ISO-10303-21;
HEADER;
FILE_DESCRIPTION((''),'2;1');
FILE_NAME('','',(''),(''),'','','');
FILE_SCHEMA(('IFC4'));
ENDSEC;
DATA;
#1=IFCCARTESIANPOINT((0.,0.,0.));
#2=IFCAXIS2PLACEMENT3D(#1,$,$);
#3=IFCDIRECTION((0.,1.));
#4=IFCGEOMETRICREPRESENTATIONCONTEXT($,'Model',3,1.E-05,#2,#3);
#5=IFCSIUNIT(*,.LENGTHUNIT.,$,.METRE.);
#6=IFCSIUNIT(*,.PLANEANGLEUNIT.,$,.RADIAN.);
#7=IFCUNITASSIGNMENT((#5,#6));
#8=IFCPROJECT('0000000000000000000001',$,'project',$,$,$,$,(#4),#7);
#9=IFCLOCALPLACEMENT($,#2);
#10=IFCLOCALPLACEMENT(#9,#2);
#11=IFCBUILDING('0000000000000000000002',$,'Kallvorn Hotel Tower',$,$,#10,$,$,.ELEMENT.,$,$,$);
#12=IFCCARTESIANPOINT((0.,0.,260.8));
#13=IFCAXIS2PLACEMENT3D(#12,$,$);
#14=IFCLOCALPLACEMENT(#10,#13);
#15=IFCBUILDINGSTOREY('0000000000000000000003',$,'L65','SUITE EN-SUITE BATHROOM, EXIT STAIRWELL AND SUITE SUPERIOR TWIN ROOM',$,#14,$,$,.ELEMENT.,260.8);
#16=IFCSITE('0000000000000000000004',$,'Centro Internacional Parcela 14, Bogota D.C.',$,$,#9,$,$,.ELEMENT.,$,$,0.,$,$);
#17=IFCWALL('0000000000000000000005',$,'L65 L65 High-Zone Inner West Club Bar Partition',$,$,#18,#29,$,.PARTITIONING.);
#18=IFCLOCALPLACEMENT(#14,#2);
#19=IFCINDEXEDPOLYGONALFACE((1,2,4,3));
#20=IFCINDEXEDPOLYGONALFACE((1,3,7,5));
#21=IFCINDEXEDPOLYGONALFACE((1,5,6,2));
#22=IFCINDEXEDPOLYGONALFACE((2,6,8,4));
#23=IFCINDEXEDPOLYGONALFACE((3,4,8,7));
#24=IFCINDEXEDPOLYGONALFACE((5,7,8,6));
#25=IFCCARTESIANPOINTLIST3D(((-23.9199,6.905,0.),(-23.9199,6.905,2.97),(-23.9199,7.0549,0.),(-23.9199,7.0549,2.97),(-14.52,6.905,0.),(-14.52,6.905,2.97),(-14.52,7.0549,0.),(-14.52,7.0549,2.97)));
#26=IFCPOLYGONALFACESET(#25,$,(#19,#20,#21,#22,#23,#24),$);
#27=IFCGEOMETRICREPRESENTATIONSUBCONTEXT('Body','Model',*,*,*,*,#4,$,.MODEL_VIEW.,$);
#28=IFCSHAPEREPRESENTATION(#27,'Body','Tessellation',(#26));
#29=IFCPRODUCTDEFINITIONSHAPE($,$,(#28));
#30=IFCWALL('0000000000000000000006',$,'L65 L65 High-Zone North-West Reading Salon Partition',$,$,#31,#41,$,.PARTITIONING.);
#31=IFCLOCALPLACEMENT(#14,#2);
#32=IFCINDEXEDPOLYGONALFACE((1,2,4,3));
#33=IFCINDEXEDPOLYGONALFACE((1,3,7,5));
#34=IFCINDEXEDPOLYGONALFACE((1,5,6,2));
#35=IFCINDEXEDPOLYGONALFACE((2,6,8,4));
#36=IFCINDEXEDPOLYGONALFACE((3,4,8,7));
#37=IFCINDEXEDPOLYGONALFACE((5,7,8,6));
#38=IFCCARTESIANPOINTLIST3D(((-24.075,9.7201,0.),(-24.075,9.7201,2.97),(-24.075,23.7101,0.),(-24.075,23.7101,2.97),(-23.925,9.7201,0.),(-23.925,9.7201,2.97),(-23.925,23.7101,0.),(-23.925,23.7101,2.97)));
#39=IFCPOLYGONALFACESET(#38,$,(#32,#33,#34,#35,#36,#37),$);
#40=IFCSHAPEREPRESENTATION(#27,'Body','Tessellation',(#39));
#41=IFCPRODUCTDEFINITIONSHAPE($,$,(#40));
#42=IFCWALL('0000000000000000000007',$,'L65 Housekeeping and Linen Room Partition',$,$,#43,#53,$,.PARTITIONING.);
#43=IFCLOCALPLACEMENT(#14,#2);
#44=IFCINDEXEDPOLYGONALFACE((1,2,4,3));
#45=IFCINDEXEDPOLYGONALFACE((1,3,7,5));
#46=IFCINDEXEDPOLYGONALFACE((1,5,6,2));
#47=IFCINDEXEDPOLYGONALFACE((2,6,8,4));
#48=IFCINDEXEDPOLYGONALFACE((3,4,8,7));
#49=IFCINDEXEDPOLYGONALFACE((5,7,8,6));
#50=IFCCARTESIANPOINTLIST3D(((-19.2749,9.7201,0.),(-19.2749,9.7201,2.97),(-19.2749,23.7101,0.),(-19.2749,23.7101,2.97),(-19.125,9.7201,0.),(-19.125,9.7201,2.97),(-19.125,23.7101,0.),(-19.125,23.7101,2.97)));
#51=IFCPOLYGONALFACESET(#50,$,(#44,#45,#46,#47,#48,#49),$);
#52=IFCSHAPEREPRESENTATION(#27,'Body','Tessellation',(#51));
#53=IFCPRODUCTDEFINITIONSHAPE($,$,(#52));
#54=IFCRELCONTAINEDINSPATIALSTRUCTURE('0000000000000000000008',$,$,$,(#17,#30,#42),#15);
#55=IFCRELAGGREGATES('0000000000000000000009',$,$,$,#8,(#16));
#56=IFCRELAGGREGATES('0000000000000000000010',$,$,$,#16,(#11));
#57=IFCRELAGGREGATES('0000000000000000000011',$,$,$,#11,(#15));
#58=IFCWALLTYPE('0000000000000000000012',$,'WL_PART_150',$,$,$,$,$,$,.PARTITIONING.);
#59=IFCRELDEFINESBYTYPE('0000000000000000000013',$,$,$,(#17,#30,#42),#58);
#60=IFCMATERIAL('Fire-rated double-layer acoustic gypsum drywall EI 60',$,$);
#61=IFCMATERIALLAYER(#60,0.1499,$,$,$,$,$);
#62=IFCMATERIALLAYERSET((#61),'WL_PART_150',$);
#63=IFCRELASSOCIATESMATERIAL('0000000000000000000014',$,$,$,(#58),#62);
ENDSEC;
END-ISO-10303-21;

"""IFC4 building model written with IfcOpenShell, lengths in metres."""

from ifc_helpers import new_model, si_unit, direction, frame, frame_2d, origin, place, context, subcontext, project, spatial, rectangle, extrude, material, layer, layer_set, type_object, element, save


model = new_model("IFC4")

# Units and contexts
model_context = context("Model", 3, precision=1e-05, world=origin(), true_north=direction((0.0, 1.0)))
body_context = subcontext(model_context, "Body", "Model", "MODEL_VIEW")
ifc_project = project(units=[si_unit("LENGTHUNIT", "METRE"), si_unit("PLANEANGLEUNIT", "RADIAN")], contexts=[model_context])

# Site, building, storey
site_placement = place(None, origin())
site = spatial("IfcSite", under=ifc_project, at=site_placement, Name="Centro Internacional Parcela 14, Bogota D.C.", CompositionType="ELEMENT", RefElevation=0.0)
building_placement = place(site_placement, origin())
building = spatial("IfcBuilding", under=site, at=building_placement, Name="Kallvorn Hotel Tower", CompositionType="ELEMENT")
storey_placement = place(building_placement, frame((0.0, 0.0, 260.8)))
storey = spatial("IfcBuildingStorey", under=building, at=storey_placement, Name="L65", Description="SUITE EN-SUITE BATHROOM, EXIT STAIRWELL AND SUITE SUPERIOR TWIN ROOM", CompositionType="ELEMENT", Elevation=260.8)

# Walls
ifc_material_1 = material(Name="Fire-rated double-layer acoustic gypsum drywall EI 60")
ifc_layer_1 = layer(ifc_material_1, 0.1499)
ifc_layer_set_1 = layer_set([ifc_layer_1], Name="WL_PART_150")
wall_type_1 = type_object("IfcWallType", Name="WL_PART_150", PredefinedType="PARTITIONING", material=ifc_layer_set_1)
wall_1_placement = place(storey_placement, frame((-23.9199, 6.98, 0.0), z_axis=(0.0, 0.0, 1.0), x_axis=(1.0, 0.0, 0.0)))
element("IfcWall", 1, at=wall_1_placement, inside=storey, type_object=wall_type_1, Name="L65 L65 High-Zone Inner West Club Bar Partition", PredefinedType="PARTITIONING", context=body_context, shape_type="SweptSolid", body=[
    extrude(rectangle(XDim=9.3999, YDim=0.1499, at=frame_2d((4.7, 0.0))), origin(), (0.0, 0.0, 1.0), 2.97),
])
for number, where, z_axis, x_axis, name in (
    (2, (-24.0, 9.72, 0.0), (0.0, 0.0, 1.0), (0.0, 1.0, 0.0), "L65 L65 High-Zone North-West Reading Salon Partition"),
    (3, (-19.2, 9.72, 0.0), (0.0, 0.0, 1.0), (0.0, 1.0, 0.0), "L65 Housekeeping and Linen Room Partition"),
):
    element("IfcWall", number, at=place(storey_placement, frame(where, z_axis=z_axis, x_axis=x_axis)), inside=storey, type_object=wall_type_1, Name=name, PredefinedType="PARTITIONING", context=body_context, shape_type="SweptSolid", body=[
        extrude(rectangle(XDim=13.99, YDim=0.1499, at=frame_2d((6.9951, 0.0))), origin(), (0.0, 0.0, 1.0), 2.97),
    ])

save(model, "model.ifc")
